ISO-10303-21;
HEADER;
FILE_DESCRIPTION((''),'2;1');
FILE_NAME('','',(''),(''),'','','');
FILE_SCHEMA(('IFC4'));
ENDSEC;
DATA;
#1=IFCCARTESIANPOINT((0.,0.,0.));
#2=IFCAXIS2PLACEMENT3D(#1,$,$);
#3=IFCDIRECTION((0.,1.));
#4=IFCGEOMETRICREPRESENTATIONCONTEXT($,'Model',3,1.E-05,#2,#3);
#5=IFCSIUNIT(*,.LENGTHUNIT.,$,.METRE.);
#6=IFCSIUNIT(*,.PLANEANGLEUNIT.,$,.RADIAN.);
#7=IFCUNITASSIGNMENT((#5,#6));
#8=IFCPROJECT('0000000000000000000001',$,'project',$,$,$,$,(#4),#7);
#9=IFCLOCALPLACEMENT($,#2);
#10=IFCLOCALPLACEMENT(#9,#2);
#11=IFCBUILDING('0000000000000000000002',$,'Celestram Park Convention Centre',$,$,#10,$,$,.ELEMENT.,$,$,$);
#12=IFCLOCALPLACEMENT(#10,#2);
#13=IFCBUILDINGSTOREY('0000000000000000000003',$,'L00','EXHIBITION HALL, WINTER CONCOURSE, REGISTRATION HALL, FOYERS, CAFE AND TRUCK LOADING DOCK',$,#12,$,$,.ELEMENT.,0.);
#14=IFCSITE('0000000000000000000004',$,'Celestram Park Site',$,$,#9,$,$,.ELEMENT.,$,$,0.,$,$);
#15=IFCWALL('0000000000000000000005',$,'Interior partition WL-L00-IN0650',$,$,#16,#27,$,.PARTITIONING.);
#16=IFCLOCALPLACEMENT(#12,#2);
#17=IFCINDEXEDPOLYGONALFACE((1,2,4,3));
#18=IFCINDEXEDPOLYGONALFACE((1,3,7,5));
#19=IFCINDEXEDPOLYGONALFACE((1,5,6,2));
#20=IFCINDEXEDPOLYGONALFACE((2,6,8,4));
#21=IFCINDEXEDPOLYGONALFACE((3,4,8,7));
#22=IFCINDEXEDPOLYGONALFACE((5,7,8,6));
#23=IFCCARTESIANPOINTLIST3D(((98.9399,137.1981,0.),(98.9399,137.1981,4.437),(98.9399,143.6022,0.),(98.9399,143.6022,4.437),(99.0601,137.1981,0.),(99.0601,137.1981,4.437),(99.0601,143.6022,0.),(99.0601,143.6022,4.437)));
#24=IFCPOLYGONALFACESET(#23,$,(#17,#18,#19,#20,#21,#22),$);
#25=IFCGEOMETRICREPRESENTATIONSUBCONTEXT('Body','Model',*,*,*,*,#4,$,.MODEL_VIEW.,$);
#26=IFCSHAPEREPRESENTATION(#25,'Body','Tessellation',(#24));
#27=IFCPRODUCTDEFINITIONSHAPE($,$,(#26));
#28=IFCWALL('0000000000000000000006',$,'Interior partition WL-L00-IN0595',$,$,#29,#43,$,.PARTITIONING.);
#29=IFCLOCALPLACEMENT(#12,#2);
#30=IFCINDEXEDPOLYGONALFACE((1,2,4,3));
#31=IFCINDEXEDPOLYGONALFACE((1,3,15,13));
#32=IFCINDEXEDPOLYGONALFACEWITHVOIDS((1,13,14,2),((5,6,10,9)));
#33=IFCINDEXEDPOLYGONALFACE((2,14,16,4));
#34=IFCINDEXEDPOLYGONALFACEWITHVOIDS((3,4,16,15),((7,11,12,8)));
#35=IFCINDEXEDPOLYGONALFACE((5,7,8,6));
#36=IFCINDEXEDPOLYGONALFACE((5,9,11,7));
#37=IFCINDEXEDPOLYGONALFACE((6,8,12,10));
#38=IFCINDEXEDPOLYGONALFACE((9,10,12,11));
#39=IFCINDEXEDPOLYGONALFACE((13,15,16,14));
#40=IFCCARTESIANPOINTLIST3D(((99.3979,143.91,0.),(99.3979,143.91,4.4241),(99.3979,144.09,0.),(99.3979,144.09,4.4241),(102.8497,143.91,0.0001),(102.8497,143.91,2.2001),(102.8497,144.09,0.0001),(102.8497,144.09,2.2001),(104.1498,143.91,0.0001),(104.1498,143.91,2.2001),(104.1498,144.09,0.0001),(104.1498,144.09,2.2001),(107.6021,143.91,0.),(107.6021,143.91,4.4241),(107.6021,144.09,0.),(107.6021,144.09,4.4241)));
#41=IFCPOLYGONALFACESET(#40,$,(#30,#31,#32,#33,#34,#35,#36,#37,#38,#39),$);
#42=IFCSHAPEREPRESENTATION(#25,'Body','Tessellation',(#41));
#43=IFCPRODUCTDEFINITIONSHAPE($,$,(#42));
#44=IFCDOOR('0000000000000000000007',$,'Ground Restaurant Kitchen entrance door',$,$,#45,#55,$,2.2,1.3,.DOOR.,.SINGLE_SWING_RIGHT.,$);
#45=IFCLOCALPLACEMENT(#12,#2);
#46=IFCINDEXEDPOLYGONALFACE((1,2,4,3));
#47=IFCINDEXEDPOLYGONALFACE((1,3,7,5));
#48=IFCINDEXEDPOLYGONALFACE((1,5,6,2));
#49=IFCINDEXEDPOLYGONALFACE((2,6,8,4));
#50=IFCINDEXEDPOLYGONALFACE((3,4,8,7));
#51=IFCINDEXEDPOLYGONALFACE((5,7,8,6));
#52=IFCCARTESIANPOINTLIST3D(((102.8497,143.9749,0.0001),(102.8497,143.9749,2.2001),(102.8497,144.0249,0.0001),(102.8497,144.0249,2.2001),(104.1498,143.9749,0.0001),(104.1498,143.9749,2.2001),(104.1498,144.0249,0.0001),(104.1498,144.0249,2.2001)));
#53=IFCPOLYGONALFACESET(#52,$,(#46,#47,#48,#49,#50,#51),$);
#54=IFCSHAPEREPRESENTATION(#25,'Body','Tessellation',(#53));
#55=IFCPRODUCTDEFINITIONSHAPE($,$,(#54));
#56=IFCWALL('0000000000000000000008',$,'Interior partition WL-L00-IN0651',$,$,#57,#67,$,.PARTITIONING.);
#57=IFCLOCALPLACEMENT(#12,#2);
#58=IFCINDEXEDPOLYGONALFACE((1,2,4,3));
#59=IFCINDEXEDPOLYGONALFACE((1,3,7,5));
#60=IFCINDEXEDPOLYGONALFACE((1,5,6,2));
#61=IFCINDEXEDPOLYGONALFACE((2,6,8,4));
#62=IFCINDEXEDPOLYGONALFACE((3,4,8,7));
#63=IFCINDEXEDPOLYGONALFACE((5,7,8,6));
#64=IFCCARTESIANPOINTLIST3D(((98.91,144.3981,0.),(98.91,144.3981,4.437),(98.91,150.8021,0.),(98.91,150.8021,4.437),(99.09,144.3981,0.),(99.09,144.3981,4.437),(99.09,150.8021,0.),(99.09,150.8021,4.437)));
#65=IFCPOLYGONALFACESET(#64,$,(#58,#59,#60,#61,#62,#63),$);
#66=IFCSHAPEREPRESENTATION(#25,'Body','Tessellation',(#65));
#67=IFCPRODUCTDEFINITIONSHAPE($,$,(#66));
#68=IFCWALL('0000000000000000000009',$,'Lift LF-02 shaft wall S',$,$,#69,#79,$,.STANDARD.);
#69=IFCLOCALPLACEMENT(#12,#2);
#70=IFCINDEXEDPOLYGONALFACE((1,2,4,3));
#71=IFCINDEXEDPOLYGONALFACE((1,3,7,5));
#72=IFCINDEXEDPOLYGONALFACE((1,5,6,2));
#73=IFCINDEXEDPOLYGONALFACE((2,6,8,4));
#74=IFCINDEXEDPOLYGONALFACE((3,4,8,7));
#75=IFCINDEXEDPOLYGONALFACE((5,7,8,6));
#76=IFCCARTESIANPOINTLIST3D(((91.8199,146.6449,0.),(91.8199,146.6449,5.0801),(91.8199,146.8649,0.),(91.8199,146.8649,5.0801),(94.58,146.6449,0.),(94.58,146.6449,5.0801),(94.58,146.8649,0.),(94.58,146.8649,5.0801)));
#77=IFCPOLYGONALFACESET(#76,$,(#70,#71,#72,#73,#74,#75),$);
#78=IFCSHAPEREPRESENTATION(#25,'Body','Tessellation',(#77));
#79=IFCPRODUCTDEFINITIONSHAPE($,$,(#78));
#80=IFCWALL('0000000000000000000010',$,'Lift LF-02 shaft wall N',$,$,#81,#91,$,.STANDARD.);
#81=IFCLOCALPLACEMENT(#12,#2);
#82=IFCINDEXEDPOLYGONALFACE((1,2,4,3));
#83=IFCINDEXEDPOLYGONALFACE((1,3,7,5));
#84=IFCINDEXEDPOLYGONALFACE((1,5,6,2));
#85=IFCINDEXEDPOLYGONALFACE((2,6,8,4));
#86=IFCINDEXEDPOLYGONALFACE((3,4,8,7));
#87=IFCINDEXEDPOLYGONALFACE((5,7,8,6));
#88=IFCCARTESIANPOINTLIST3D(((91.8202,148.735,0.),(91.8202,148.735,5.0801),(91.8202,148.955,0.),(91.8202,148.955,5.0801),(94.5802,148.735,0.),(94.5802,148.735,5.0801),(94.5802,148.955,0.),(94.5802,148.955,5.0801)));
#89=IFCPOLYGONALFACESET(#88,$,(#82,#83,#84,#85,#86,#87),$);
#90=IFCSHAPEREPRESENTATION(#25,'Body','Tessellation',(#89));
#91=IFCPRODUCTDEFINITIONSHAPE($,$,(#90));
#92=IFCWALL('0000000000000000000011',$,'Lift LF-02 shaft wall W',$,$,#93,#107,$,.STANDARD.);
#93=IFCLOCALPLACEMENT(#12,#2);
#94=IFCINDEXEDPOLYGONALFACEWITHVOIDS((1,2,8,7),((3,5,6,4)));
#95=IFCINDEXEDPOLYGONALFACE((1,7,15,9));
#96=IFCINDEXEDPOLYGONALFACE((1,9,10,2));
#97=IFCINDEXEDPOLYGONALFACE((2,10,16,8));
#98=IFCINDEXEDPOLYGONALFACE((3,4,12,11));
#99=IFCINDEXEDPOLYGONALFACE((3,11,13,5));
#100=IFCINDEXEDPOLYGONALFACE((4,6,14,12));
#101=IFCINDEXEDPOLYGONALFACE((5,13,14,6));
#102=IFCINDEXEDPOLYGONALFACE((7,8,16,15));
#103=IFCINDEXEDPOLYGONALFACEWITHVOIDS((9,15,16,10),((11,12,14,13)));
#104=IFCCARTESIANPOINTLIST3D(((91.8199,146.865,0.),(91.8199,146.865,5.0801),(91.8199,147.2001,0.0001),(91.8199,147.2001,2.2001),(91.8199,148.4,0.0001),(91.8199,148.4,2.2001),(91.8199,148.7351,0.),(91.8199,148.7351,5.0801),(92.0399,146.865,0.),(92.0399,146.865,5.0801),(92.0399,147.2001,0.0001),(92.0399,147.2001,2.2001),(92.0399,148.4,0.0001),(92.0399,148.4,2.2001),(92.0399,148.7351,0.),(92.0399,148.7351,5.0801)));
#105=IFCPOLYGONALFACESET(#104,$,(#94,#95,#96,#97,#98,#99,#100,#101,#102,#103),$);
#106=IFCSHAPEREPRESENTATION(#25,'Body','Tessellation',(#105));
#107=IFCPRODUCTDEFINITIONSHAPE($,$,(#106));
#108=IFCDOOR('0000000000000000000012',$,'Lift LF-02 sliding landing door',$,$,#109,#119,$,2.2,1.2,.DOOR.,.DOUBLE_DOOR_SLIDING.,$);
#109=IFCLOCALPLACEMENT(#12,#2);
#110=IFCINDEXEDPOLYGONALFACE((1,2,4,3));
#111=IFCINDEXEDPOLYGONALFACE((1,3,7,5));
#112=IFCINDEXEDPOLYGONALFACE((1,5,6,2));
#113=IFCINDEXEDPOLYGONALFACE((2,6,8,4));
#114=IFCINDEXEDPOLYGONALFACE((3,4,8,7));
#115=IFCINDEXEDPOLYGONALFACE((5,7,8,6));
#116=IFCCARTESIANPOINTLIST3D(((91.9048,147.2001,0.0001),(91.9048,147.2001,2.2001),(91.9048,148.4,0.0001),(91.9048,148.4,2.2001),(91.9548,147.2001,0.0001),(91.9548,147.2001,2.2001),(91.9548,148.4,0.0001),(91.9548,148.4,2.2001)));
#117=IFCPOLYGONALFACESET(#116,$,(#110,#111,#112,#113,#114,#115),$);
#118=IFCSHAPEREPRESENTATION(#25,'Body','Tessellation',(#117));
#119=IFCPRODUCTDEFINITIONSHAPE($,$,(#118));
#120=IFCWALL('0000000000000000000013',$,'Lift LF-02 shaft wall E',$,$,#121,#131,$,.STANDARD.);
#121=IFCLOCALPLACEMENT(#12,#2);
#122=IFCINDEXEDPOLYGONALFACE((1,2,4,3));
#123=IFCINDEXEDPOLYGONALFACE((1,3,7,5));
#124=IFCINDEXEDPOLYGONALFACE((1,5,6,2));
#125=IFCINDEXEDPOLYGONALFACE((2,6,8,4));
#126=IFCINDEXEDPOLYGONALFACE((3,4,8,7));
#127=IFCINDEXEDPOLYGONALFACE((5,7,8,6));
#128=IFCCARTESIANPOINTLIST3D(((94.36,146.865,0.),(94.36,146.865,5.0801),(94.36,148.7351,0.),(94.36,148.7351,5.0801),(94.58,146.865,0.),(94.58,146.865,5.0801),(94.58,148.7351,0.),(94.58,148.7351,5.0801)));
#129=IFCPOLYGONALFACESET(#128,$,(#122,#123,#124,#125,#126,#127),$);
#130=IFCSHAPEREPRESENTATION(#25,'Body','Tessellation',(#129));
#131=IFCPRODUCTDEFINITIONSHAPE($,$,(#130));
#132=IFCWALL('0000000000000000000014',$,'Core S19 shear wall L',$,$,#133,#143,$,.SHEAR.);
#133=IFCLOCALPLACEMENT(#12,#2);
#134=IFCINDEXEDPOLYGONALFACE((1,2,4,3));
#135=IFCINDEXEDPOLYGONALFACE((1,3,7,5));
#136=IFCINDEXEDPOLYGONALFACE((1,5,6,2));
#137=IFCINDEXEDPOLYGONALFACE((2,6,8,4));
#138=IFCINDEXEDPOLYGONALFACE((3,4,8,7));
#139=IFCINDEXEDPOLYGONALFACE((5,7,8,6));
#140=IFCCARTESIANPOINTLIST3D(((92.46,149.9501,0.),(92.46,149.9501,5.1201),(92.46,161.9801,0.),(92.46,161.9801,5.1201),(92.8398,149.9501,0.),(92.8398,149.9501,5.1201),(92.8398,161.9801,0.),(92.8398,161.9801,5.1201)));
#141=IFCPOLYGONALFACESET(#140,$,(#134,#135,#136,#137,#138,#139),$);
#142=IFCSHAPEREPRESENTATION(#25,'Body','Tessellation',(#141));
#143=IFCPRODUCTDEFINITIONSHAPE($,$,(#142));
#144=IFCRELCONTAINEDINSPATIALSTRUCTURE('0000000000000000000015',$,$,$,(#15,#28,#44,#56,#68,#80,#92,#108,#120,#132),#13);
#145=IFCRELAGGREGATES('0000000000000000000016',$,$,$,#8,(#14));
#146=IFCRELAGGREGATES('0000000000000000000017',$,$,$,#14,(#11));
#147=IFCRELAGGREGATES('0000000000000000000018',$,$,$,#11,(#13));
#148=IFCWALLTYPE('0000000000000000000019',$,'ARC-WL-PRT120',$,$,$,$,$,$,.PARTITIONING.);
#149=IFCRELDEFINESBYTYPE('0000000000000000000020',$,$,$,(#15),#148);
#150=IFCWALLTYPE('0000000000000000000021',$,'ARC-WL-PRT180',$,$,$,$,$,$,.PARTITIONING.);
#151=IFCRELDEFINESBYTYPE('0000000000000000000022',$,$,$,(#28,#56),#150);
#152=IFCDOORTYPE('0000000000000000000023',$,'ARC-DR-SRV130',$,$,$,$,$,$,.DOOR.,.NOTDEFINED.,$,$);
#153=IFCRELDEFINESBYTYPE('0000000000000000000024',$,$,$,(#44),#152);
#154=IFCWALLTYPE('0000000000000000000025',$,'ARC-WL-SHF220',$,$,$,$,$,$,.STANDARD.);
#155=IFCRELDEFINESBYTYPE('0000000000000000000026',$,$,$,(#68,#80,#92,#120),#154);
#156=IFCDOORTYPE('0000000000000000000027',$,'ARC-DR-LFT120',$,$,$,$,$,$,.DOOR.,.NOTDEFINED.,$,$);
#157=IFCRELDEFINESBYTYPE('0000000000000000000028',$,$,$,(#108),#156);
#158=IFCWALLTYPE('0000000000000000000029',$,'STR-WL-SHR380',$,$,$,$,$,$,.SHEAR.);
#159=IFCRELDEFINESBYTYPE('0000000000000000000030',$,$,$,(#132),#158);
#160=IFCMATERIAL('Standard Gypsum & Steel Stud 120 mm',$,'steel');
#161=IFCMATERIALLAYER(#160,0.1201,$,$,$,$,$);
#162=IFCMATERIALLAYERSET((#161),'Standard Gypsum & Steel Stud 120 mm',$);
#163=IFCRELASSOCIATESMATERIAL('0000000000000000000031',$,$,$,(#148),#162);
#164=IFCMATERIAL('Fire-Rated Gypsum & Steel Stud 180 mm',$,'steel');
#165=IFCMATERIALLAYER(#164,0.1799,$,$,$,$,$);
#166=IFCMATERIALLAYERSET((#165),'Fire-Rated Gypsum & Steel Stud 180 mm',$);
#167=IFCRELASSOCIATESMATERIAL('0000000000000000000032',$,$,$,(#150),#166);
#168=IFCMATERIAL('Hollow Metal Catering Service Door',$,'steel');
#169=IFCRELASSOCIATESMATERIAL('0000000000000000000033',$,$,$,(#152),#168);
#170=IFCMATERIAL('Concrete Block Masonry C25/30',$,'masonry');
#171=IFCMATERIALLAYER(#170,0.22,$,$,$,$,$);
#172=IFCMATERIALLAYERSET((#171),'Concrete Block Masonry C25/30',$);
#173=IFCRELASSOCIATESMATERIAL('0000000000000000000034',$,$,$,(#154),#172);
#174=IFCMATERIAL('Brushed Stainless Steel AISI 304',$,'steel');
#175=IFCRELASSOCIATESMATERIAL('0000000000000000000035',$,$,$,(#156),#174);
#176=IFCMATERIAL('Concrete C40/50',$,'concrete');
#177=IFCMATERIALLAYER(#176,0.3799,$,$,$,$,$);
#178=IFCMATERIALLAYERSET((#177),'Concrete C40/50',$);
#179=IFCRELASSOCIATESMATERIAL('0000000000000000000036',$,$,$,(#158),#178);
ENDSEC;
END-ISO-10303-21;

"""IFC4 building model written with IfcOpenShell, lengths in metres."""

from ifc_helpers import new_model, si_unit, direction, frame, frame_2d, origin, place, context, subcontext, project, spatial, rectangle, extrude, material, layer, layer_set, type_object, element, fill, save


model = new_model("IFC4")

# Units and contexts
model_context = context("Model", 3, precision=1e-05, world=origin(), true_north=direction((0.0, 1.0)))
body_context = subcontext(model_context, "Body", "Model", "MODEL_VIEW")
ifc_project = project(units=[si_unit("LENGTHUNIT", "METRE"), si_unit("PLANEANGLEUNIT", "RADIAN")], contexts=[model_context])

# Site, building, storey
site_placement = place(None, origin())
site = spatial("IfcSite", under=ifc_project, at=site_placement, Name="Celestram Park Site", CompositionType="ELEMENT", RefElevation=0.0)
building_placement = place(site_placement, origin())
building = spatial("IfcBuilding", under=site, at=building_placement, Name="Celestram Park Convention Centre", CompositionType="ELEMENT")
storey_placement = place(building_placement, origin())
storey = spatial("IfcBuildingStorey", under=building, at=storey_placement, Name="L00", Description="EXHIBITION HALL, WINTER CONCOURSE, REGISTRATION HALL, FOYERS, CAFE AND TRUCK LOADING DOCK", CompositionType="ELEMENT", Elevation=0.0)

# Shared definitions
ifc_material_1 = material(Name="Concrete C40/50", Category="concrete")

# Shared definitions
ifc_material_2 = material(Name="Concrete Block Masonry C25/30", Category="masonry")

# Shared definitions
ifc_material_3 = material(Name="Standard Gypsum & Steel Stud 120 mm", Category="steel")
ifc_layer_1 = layer(ifc_material_3, 0.1201)
ifc_layer_set_1 = layer_set([ifc_layer_1], Name="Standard Gypsum & Steel Stud 120 mm")
wall_type_1 = type_object("IfcWallType", Name="ARC-WL-PRT120", PredefinedType="PARTITIONING", material=ifc_layer_set_1)

# Wall
wall_1_placement = place(storey_placement, frame((99.0, 137.198, 0.0), z_axis=(0.0, 0.0, 1.0), x_axis=(0.0, 1.0, 0.0)))
element("IfcWall", 1, at=wall_1_placement, inside=storey, type_object=wall_type_1, Name="Interior partition WL-L00-IN0650", PredefinedType="PARTITIONING", context=body_context, shape_type="SweptSolid", body=[
    extrude(rectangle(XDim=6.4041, YDim=0.1201, at=frame_2d((3.2021, 0.0))), origin(), (0.0, 0.0, 1.0), 4.437),
])

# Wall, opening, door
ifc_material_4 = material(Name="Fire-Rated Gypsum & Steel Stud 180 mm", Category="steel")
ifc_layer_2 = layer(ifc_material_4, 0.1799)
ifc_layer_set_2 = layer_set([ifc_layer_2], Name="Fire-Rated Gypsum & Steel Stud 180 mm")
wall_type_2 = type_object("IfcWallType", Name="ARC-WL-PRT180", PredefinedType="PARTITIONING", material=ifc_layer_set_2)
wall_2_placement = place(storey_placement, frame((99.3979, 144.0, 0.0), z_axis=(0.0, 0.0, 1.0), x_axis=(1.0, 0.0, 0.0)))
wall_2 = element("IfcWall", 2, at=wall_2_placement, inside=storey, type_object=wall_type_2, Name="Interior partition WL-L00-IN0595", PredefinedType="PARTITIONING", context=body_context, shape_type="SweptSolid", body=[
    extrude(rectangle(XDim=8.2041, YDim=0.1799, at=frame_2d((4.1021, 0.0))), origin(), (0.0, 0.0, 1.0), 4.4241),
])
opening_1_placement = place(wall_2_placement, frame((3.4519, 0.0, 0.0)))
opening_1 = element("IfcOpeningElement", 3, at=opening_1_placement, cuts=wall_2, PredefinedType="OPENING", context=body_context, shape_type="SweptSolid", body=[
    extrude(rectangle(XDim=1.3, YDim=2.2, at=frame_2d((0.6499, 1.1001))), frame((0.0, 0.0999, 0.0), z_axis=(0.0, -1.0, 0.0), x_axis=(1.0, 0.0, 0.0)), (0.0, 0.0, 1.0), 0.2),
])
ifc_material_5 = material(Name="Hollow Metal Catering Service Door", Category="steel")
door_type_1 = type_object("IfcDoorType", Name="ARC-DR-SRV130", OperationType="NOTDEFINED", PredefinedType="DOOR", material=ifc_material_5)
door_1_placement = place(opening_1_placement, origin())
door_1 = element("IfcDoor", 4, at=door_1_placement, inside=storey, type_object=door_type_1, Name="Ground Restaurant Kitchen entrance door", OperationType="SINGLE_SWING_RIGHT", OverallHeight=2.2, OverallWidth=1.3, PredefinedType="DOOR", context=body_context, shape_type="SweptSolid", body=[
    extrude(rectangle(XDim=1.3, YDim=2.2, at=frame_2d((0.6499, 1.1001))), frame((0.0, 0.0249, 0.0), z_axis=(0.0, -1.0, 0.0), x_axis=(1.0, 0.0, 0.0)), (0.0, 0.0, 1.0), 0.05),
])
fill(opening_1, door_1)

# Walls
wall_3_placement = place(storey_placement, frame((99.0, 144.3979, 0.0), z_axis=(0.0, 0.0, 1.0), x_axis=(0.0, 1.0, 0.0)))
element("IfcWall", 5, at=wall_3_placement, inside=storey, type_object=wall_type_2, Name="Interior partition WL-L00-IN0651", PredefinedType="PARTITIONING", context=body_context, shape_type="SweptSolid", body=[
    extrude(rectangle(XDim=6.4041, YDim=0.1799, at=frame_2d((3.2021, 0.0))), origin(), (0.0, 0.0, 1.0), 4.437),
])
ifc_layer_3 = layer(ifc_material_2, 0.22)
ifc_layer_set_3 = layer_set([ifc_layer_3], Name="Concrete Block Masonry C25/30")
wall_type_3 = type_object("IfcWallType", Name="ARC-WL-SHF220", PredefinedType="STANDARD", material=ifc_layer_set_3)
for number, where, z_axis, x_axis, name in (
    (6, (91.8201, 146.7549, 0.0), (0.0, 0.0, 1.0), (1.0, 0.0, 0.0), "Lift LF-02 shaft wall S"),
    (7, (94.5801, 148.845, 0.0), (0.0, 0.0, 1.0), (-1.0, 0.0, 0.0), "Lift LF-02 shaft wall N"),
):
    element("IfcWall", number, at=place(storey_placement, frame(where, z_axis=z_axis, x_axis=x_axis)), inside=storey, type_object=wall_type_3, Name=name, PredefinedType="STANDARD", context=body_context, shape_type="SweptSolid", body=[
        extrude(rectangle(XDim=2.76, YDim=0.22, at=frame_2d((1.3799, 0.0))), origin(), (0.0, 0.0, 1.0), 5.0801),
    ])

# Wall, opening, door
wall_4_placement = place(storey_placement, frame((91.9299, 148.7351, 0.0), z_axis=(0.0, 0.0, 1.0), x_axis=(0.0, -1.0, 0.0)))
wall_4 = element("IfcWall", 8, at=wall_4_placement, inside=storey, type_object=wall_type_3, Name="Lift LF-02 shaft wall W", PredefinedType="STANDARD", context=body_context, shape_type="SweptSolid", body=[
    extrude(rectangle(XDim=1.8701, YDim=0.22, at=frame_2d((0.9351, 0.0))), origin(), (0.0, 0.0, 1.0), 5.0801),
])
opening_2_placement = place(wall_4_placement, frame((0.335, 0.0, 0.0)))
opening_2 = element("IfcOpeningElement", 9, at=opening_2_placement, cuts=wall_4, PredefinedType="OPENING", context=body_context, shape_type="SweptSolid", body=[
    extrude(rectangle(XDim=1.2, YDim=2.2, at=frame_2d((0.6001, 1.1001))), frame((0.0, 0.1199, 0.0), z_axis=(0.0, -1.0, 0.0), x_axis=(1.0, 0.0, 0.0)), (0.0, 0.0, 1.0), 0.24),
])
ifc_material_6 = material(Name="Brushed Stainless Steel AISI 304", Category="steel")
door_type_2 = type_object("IfcDoorType", Name="ARC-DR-LFT120", OperationType="NOTDEFINED", PredefinedType="DOOR", material=ifc_material_6)
door_2_placement = place(opening_2_placement, origin())
door_2 = element("IfcDoor", 10, at=door_2_placement, inside=storey, type_object=door_type_2, Name="Lift LF-02 sliding landing door", OperationType="DOUBLE_DOOR_SLIDING", OverallHeight=2.2, OverallWidth=1.2, PredefinedType="DOOR", context=body_context, shape_type="SweptSolid", body=[
    extrude(rectangle(XDim=1.2, YDim=2.2, at=frame_2d((0.6001, 1.1001))), frame((0.0, 0.0249, 0.0), z_axis=(0.0, -1.0, 0.0), x_axis=(1.0, 0.0, 0.0)), (0.0, 0.0, 1.0), 0.05),
])
fill(opening_2, door_2)

# Walls
wall_5_placement = place(storey_placement, frame((94.47, 146.865, 0.0), z_axis=(0.0, 0.0, 1.0), x_axis=(0.0, 1.0, 0.0)))
element("IfcWall", 11, at=wall_5_placement, inside=storey, type_object=wall_type_3, Name="Lift LF-02 shaft wall E", PredefinedType="STANDARD", context=body_context, shape_type="SweptSolid", body=[
    extrude(rectangle(XDim=1.8701, YDim=0.22, at=frame_2d((0.9351, 0.0))), origin(), (0.0, 0.0, 1.0), 5.0801),
])
ifc_layer_4 = layer(ifc_material_1, 0.3799)
ifc_layer_set_4 = layer_set([ifc_layer_4], Name="Concrete C40/50")
wall_type_4 = type_object("IfcWallType", Name="STR-WL-SHR380", PredefinedType="SHEAR", material=ifc_layer_set_4)
wall_6_placement = place(storey_placement, frame((92.6499, 149.95, 0.0), z_axis=(0.0, 0.0, 1.0), x_axis=(0.0, 1.0, 0.0)))
element("IfcWall", 12, at=wall_6_placement, inside=storey, type_object=wall_type_4, Name="Core S19 shear wall L", PredefinedType="SHEAR", context=body_context, shape_type="SweptSolid", body=[
    extrude(rectangle(XDim=12.03, YDim=0.3799, at=frame_2d((6.0151, 0.0))), origin(), (0.0, 0.0, 1.0), 5.1201),
])

save(model, "model.ifc")
